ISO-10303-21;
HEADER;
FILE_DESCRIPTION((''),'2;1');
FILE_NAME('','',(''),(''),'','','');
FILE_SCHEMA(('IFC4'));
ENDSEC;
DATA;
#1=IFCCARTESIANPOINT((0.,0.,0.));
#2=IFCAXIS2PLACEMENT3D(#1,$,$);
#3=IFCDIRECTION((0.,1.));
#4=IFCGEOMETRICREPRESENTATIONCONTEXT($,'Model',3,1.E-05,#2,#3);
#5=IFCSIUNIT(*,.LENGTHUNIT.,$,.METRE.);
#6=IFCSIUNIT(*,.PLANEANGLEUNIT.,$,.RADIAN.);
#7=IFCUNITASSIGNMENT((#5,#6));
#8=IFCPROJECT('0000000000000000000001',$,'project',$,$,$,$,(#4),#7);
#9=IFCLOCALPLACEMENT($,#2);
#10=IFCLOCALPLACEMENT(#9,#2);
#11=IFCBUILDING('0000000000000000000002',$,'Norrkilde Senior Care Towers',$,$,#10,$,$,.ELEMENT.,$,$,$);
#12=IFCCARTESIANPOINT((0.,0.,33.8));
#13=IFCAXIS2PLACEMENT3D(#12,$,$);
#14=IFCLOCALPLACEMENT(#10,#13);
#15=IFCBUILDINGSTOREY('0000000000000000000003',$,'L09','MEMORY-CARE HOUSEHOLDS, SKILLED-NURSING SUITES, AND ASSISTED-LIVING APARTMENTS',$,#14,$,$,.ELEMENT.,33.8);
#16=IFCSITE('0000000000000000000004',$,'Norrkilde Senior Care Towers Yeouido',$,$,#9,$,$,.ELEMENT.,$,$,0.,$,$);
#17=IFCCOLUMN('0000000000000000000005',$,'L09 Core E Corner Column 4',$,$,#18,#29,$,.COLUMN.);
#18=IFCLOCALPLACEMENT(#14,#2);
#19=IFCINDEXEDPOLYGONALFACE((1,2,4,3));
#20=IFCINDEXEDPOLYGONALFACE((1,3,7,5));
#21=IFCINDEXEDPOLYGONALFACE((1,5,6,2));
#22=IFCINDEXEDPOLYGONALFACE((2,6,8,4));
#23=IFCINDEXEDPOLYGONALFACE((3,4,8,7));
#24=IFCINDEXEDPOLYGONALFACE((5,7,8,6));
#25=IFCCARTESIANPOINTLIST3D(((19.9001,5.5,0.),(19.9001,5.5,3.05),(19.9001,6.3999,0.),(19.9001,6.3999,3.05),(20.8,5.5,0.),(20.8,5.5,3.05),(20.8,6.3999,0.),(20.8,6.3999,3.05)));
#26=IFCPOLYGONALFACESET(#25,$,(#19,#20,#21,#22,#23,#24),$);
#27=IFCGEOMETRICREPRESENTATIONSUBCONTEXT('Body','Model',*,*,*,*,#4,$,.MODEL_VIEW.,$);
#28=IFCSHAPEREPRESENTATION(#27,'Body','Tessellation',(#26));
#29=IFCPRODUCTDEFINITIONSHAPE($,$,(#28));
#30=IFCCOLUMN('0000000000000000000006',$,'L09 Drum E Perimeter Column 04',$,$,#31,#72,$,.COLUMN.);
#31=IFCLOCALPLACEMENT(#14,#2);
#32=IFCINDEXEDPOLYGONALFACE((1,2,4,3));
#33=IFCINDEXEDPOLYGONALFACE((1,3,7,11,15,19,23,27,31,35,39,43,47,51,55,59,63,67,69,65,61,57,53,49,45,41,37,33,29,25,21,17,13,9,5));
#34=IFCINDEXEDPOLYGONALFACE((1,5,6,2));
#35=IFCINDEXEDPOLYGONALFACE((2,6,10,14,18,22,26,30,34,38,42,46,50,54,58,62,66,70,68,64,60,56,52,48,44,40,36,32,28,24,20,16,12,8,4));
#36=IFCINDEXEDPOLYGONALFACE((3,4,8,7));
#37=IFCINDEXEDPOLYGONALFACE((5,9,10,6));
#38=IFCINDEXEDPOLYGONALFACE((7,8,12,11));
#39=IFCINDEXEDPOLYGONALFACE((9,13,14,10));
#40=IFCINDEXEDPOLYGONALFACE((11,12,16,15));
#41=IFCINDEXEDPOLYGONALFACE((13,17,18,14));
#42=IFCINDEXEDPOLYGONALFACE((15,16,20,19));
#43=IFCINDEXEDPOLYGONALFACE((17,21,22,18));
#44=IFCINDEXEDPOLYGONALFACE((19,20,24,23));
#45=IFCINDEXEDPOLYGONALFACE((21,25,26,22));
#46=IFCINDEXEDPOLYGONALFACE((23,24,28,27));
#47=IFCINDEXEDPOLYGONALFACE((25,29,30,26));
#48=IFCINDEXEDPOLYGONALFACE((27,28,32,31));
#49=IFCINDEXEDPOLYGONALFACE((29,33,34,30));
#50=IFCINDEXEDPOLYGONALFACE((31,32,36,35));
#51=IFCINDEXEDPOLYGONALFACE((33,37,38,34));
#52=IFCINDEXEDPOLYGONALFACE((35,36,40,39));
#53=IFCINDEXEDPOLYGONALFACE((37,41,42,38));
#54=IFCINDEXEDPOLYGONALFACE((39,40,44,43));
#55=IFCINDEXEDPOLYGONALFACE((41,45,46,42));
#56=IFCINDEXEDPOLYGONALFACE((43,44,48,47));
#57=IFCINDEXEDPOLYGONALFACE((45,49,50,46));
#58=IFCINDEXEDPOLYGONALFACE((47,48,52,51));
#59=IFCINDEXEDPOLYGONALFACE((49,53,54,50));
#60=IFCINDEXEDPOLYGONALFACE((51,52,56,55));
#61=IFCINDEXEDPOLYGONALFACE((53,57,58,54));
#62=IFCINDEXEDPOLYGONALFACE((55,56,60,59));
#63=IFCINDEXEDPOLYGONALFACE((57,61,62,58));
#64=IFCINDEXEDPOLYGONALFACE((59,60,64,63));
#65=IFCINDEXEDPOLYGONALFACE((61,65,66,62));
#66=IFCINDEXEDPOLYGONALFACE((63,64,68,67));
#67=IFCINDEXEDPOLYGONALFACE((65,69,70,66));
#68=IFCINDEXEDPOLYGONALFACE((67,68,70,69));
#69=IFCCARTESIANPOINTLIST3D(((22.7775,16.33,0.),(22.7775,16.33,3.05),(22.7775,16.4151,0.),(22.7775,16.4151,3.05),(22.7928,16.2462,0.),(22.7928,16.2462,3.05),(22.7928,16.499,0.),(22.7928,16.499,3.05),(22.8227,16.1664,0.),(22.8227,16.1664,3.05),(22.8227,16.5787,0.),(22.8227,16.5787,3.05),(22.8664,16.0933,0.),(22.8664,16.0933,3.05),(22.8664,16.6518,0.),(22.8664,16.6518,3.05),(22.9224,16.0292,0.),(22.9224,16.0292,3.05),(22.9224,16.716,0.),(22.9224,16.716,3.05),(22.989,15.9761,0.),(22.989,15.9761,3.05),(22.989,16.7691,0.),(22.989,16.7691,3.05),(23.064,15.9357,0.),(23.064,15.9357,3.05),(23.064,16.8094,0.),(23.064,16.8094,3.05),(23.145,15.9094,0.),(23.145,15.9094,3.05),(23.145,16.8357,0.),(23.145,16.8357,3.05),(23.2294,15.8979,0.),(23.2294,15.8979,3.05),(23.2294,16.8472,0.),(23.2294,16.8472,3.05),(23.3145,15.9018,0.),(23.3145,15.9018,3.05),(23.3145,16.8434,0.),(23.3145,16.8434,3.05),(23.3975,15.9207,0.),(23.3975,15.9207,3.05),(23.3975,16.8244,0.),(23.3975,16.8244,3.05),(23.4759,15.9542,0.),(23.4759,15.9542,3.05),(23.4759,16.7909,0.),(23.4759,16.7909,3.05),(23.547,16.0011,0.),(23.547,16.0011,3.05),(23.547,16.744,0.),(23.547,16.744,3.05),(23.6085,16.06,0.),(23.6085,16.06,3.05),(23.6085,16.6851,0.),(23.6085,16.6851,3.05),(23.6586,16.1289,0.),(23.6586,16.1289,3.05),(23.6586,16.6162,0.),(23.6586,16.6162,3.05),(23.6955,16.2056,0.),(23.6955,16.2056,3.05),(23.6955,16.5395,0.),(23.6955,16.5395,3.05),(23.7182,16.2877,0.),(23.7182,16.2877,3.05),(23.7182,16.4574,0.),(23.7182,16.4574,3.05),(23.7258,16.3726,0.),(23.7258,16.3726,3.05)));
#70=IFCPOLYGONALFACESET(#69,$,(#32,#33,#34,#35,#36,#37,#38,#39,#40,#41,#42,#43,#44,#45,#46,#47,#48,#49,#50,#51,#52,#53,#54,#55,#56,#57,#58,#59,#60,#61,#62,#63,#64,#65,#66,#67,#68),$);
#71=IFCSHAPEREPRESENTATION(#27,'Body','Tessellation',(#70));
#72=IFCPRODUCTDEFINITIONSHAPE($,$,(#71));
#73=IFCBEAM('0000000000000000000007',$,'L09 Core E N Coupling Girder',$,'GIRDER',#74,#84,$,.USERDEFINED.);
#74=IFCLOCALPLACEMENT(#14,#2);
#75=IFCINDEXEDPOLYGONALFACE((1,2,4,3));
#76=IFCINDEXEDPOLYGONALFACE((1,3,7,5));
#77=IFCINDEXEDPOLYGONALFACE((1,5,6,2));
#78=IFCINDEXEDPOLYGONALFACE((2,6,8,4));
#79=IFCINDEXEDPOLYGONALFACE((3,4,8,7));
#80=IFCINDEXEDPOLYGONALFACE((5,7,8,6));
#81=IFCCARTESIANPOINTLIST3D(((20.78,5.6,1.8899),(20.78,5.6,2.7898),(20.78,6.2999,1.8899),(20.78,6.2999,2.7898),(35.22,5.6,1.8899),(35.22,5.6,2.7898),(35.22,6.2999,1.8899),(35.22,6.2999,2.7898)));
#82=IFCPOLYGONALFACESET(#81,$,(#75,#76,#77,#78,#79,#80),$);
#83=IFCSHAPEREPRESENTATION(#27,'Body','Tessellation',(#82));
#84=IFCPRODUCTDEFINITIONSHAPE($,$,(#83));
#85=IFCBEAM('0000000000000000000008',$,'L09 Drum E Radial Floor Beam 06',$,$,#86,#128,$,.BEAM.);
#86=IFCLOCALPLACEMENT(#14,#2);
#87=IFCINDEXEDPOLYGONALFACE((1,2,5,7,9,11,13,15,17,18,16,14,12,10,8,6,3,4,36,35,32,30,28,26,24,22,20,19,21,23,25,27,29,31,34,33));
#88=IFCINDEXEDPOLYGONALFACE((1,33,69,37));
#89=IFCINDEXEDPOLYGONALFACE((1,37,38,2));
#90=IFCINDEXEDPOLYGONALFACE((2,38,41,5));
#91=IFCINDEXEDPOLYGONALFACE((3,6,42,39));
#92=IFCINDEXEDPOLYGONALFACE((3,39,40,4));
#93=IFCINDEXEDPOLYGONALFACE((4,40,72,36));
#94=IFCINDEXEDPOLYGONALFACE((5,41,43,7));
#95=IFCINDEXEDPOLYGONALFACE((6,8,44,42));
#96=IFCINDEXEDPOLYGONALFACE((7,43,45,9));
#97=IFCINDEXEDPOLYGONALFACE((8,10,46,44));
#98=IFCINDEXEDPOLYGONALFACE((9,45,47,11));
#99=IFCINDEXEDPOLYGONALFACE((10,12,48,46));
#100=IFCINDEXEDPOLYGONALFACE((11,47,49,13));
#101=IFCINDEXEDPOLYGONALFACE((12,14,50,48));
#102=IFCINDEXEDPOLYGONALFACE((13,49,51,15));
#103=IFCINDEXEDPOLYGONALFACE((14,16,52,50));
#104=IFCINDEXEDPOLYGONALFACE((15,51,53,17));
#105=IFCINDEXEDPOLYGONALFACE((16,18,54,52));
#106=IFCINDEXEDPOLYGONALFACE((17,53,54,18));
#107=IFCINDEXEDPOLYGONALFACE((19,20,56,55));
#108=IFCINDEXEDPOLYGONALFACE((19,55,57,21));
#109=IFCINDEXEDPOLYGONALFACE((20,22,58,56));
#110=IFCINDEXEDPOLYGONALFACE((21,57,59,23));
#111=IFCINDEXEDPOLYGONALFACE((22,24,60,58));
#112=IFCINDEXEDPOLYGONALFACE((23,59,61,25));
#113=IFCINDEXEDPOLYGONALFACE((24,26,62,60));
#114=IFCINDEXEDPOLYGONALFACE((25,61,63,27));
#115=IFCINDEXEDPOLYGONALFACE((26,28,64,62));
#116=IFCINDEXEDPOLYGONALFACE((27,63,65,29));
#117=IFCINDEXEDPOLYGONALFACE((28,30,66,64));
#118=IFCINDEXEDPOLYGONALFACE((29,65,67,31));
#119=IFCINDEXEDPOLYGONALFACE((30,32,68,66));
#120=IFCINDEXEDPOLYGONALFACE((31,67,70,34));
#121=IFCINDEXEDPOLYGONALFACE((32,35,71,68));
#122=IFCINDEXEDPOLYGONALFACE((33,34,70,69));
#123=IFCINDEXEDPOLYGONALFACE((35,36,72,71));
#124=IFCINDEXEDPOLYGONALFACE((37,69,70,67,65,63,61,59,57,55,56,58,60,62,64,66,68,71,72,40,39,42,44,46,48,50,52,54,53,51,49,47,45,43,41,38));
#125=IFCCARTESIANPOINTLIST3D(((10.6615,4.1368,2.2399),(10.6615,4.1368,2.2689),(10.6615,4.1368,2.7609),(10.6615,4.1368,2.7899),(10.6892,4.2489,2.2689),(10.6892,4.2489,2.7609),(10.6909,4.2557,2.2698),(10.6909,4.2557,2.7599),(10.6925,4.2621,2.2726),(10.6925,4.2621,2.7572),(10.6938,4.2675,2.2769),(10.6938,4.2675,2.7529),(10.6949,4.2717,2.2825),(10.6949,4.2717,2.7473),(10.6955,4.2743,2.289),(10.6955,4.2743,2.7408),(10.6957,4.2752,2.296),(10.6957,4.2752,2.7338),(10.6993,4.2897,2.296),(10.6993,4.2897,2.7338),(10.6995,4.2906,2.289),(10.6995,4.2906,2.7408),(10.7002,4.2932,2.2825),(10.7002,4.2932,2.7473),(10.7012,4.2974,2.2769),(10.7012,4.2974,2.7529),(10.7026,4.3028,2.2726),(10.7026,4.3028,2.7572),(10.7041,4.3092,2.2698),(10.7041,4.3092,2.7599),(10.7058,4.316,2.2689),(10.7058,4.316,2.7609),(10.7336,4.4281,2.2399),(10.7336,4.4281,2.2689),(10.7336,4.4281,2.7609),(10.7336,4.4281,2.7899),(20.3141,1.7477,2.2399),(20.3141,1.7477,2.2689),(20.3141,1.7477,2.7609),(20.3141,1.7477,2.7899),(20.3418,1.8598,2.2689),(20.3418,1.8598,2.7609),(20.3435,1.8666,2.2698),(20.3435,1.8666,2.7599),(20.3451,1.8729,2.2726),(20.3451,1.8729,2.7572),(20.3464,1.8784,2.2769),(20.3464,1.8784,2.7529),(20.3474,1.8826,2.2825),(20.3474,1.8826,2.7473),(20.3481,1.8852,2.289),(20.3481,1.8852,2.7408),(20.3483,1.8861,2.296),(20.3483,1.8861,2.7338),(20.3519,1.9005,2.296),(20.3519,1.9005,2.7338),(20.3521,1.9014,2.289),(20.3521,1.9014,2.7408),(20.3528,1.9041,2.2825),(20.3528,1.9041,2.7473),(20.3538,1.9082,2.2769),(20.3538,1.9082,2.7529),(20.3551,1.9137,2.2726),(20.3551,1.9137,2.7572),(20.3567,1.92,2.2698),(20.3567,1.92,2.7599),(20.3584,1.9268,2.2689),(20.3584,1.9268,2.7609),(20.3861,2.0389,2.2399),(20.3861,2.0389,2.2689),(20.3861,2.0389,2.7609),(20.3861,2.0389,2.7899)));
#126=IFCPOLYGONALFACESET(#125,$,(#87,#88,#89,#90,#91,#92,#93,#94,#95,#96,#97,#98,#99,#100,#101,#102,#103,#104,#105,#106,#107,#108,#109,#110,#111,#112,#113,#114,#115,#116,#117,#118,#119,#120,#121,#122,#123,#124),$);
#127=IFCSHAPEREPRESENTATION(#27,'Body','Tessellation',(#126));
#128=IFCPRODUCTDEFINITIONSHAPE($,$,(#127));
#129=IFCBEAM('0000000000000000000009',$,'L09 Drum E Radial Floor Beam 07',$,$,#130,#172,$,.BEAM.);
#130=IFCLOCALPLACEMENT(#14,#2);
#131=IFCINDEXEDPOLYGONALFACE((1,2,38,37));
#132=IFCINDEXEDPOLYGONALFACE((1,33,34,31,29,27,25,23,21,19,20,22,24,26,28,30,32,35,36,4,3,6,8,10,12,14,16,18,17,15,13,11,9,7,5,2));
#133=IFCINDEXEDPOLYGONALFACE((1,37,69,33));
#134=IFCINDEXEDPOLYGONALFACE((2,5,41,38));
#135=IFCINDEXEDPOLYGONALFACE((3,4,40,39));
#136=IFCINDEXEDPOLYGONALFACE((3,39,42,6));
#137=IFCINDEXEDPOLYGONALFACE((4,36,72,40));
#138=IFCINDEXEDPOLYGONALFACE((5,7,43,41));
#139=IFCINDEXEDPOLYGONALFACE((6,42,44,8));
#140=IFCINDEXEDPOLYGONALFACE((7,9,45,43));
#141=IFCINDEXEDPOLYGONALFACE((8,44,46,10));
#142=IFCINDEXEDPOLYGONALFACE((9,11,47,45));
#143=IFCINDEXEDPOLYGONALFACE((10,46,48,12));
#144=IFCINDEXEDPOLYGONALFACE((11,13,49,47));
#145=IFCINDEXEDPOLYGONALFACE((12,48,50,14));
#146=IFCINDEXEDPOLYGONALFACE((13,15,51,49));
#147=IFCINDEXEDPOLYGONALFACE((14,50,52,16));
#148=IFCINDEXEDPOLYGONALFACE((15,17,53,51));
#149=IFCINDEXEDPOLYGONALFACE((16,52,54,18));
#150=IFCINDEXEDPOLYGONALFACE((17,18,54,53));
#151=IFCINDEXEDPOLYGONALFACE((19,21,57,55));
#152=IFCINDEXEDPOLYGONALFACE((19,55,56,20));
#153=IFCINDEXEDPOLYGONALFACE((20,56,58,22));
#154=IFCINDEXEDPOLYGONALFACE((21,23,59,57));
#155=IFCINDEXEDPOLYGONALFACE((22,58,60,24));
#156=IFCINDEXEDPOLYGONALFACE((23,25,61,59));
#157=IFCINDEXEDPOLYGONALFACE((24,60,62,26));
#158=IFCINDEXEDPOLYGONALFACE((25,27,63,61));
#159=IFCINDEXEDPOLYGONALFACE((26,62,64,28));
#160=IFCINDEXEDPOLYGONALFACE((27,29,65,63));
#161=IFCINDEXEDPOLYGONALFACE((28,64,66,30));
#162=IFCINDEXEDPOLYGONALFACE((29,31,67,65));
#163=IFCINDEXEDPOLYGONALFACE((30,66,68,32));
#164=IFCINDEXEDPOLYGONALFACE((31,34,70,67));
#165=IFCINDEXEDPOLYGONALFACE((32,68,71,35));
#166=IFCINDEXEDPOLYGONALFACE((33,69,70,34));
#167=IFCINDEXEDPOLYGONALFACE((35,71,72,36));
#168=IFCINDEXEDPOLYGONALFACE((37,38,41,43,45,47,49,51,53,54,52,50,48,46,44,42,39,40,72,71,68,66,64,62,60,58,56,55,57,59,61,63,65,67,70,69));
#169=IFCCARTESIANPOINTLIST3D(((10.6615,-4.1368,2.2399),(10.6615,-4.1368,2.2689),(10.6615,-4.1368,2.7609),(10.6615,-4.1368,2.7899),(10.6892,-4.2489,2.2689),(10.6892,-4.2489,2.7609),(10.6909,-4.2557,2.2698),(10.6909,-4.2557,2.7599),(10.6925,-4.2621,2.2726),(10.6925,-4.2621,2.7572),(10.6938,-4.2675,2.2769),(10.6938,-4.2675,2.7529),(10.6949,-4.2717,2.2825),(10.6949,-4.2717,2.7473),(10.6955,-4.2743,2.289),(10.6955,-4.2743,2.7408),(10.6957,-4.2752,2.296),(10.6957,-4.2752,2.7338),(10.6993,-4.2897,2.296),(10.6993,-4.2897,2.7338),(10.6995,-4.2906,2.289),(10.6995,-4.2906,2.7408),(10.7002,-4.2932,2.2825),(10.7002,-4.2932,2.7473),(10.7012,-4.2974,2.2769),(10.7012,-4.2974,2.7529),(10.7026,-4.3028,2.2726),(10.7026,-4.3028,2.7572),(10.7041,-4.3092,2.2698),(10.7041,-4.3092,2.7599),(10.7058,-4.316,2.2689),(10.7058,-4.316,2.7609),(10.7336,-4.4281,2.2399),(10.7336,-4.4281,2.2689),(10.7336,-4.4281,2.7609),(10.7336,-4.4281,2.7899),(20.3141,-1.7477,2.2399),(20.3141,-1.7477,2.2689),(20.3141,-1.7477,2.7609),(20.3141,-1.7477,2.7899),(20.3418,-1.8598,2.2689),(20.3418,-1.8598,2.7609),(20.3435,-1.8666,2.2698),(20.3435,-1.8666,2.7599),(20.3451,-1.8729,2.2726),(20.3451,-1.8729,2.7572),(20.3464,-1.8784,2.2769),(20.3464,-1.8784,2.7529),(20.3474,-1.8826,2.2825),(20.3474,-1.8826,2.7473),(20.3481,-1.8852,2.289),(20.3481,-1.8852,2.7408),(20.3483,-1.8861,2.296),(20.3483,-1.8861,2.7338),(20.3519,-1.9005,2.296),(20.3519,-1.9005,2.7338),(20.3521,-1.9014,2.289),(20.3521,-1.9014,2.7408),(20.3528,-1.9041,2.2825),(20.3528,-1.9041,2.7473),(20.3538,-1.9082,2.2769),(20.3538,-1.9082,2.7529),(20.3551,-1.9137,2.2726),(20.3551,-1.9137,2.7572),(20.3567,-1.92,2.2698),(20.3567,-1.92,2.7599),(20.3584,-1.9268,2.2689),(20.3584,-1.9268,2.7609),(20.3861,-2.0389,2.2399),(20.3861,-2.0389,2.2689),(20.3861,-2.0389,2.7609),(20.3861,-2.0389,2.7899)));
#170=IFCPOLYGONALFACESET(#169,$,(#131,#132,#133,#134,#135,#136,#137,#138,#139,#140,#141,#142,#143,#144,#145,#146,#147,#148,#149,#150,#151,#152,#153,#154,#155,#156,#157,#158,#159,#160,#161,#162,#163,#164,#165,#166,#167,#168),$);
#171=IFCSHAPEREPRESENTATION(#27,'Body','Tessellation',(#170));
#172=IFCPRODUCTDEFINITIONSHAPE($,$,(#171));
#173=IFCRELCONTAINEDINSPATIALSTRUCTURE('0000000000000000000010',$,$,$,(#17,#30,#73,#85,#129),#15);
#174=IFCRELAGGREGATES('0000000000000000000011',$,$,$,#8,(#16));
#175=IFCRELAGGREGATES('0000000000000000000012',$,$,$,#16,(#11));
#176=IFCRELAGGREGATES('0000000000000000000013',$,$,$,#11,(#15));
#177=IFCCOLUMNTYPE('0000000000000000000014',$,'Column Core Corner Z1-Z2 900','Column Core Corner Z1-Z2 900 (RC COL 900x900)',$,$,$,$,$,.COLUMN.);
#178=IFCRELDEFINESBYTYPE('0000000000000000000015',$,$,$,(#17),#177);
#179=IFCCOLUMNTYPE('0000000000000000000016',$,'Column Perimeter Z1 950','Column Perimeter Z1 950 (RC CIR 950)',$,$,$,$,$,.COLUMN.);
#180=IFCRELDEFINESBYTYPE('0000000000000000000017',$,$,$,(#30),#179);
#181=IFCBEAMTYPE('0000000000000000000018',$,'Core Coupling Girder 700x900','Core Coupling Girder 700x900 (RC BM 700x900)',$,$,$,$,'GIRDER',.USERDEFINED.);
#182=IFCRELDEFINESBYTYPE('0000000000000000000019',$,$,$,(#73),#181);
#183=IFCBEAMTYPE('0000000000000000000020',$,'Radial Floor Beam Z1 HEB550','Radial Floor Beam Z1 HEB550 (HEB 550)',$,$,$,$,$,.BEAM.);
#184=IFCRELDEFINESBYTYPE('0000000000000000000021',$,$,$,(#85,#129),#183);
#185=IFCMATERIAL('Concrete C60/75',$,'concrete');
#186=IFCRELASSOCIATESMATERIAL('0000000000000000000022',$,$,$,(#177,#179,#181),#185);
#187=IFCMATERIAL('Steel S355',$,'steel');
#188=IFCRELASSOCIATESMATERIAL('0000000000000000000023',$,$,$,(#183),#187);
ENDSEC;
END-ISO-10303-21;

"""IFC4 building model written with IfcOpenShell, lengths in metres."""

from ifc_helpers import new_model, si_unit, direction, frame, origin, origin_2d, place, context, subcontext, project, spatial, rectangle, circle, i_section, extrude, source, transform, mapped, material, material_profile, profile_set, type_object, type_shapes, element, save


model = new_model("IFC4")

# Units and contexts
model_context = context("Model", 3, precision=1e-05, world=origin(), true_north=direction((0.0, 1.0)))
body_context = subcontext(model_context, "Body", "Model", "MODEL_VIEW")
ifc_project = project(units=[si_unit("LENGTHUNIT", "METRE"), si_unit("PLANEANGLEUNIT", "RADIAN")], contexts=[model_context])

# Site, building, storey
site_placement = place(None, origin())
site = spatial("IfcSite", under=ifc_project, at=site_placement, Name="Norrkilde Senior Care Towers Yeouido", CompositionType="ELEMENT", RefElevation=0.0)
building_placement = place(site_placement, origin())
building = spatial("IfcBuilding", under=site, at=building_placement, Name="Norrkilde Senior Care Towers", CompositionType="ELEMENT")
storey_placement = place(building_placement, frame((0.0, 0.0, 33.8)))
storey = spatial("IfcBuildingStorey", under=building, at=storey_placement, Name="L09", Description="MEMORY-CARE HOUSEHOLDS, SKILLED-NURSING SUITES, AND ASSISTED-LIVING APARTMENTS", CompositionType="ELEMENT", Elevation=33.8)

# Columns
ifc_material_1 = material(Name="Concrete C60/75", Category="concrete")
ifc_material_profile_1 = material_profile(ifc_material_1, rectangle(XDim=0.8999, YDim=0.8999, at=origin_2d()), Name="RC COL 900x900")
ifc_profile_set_1 = profile_set([ifc_material_profile_1], Name="Concrete C60/75")
column_type_1 = type_object("IfcColumnType", Name="Column Core Corner Z1-Z2 900", Description="Column Core Corner Z1-Z2 900 (RC COL 900x900)", PredefinedType="COLUMN", material=ifc_profile_set_1)
shared_shape_1 = source(origin(), body_context, "Body", "SweptSolid", [
    extrude(rectangle(XDim=0.8999, YDim=0.8999, at=origin_2d()), origin(), (0.0, 0.0, 1.0), 3.05),
])
type_shapes(column_type_1, [shared_shape_1])
column_1_placement = place(storey_placement, frame((20.3501, 5.95, 0.0), z_axis=(0.0, 0.0, 1.0), x_axis=(1.0, 0.0, 0.0)))
element("IfcColumn", 1, at=column_1_placement, inside=storey, type_object=column_type_1, Name="L09 Core E Corner Column 4", PredefinedType="COLUMN", context=body_context, shape_type="MappedRepresentation", body=[
    mapped(shared_shape_1, transform((0.0, 0.0, 0.0), x_axis=(1.0, 0.0, 0.0), y_axis=(0.0, 1.0, 0.0), z_axis=(0.0, 0.0, 1.0), scale=1.0)),
])
ifc_material_profile_2 = material_profile(ifc_material_1, circle(Radius=0.4751, at=origin_2d()), Name="RC CIR 950")
ifc_profile_set_2 = profile_set([ifc_material_profile_2], Name="Concrete C60/75")
column_type_2 = type_object("IfcColumnType", Name="Column Perimeter Z1 950", Description="Column Perimeter Z1 950 (RC CIR 950)", PredefinedType="COLUMN", material=ifc_profile_set_2)
shared_shape_2 = source(origin(), body_context, "Body", "SweptSolid", [
    extrude(circle(Radius=0.4751, at=origin_2d()), origin(), (0.0, 0.0, 1.0), 3.05),
])
type_shapes(column_type_2, [shared_shape_2])
column_2_placement = place(storey_placement, frame((23.2507, 16.3726, 0.0), z_axis=(0.0, 0.0, 1.0), x_axis=(1.0, 0.0, 0.0)))
element("IfcColumn", 2, at=column_2_placement, inside=storey, type_object=column_type_2, Name="L09 Drum E Perimeter Column 04", PredefinedType="COLUMN", context=body_context, shape_type="MappedRepresentation", body=[
    mapped(shared_shape_2, transform((0.0, 0.0, 0.0), x_axis=(1.0, 0.0, 0.0), y_axis=(0.0, 1.0, 0.0), z_axis=(0.0, 0.0, 1.0), scale=1.0)),
])

# Beams
ifc_material_profile_3 = material_profile(ifc_material_1, rectangle(XDim=0.7, YDim=0.8999, at=origin_2d()), Name="RC BM 700x900")
ifc_profile_set_3 = profile_set([ifc_material_profile_3], Name="Concrete C60/75")
beam_type_1 = type_object("IfcBeamType", Name="Core Coupling Girder 700x900", Description="Core Coupling Girder 700x900 (RC BM 700x900)", ElementType="GIRDER", PredefinedType="USERDEFINED", material=ifc_profile_set_3)
shared_shape_3 = source(origin(), body_context, "Body", "SweptSolid", [
    extrude(rectangle(XDim=0.7, YDim=0.8999, at=origin_2d()), origin(), (0.0, 0.0, 1.0), 14.4399),
])
type_shapes(beam_type_1, [shared_shape_3])
beam_1_placement = place(storey_placement, frame((20.78, 5.95, 2.3398), z_axis=(1.0, 0.0, 0.0), x_axis=(0.0, 1.0, 0.0)))
element("IfcBeam", 3, at=beam_1_placement, inside=storey, type_object=beam_type_1, Name="L09 Core E N Coupling Girder", ObjectType="GIRDER", PredefinedType="USERDEFINED", context=body_context, shape_type="MappedRepresentation", body=[
    mapped(shared_shape_3, transform((0.0, 0.0, 0.0), x_axis=(1.0, 0.0, 0.0), y_axis=(0.0, 1.0, 0.0), z_axis=(0.0, 0.0, 1.0), scale=1.0)),
])
ifc_material_2 = material(Name="Steel S355", Category="steel")
ifc_material_profile_4 = material_profile(ifc_material_2, i_section(OverallWidth=0.3, OverallDepth=0.55, WebThickness=0.0149, FlangeThickness=0.0291, FilletRadius=0.0271, at=origin_2d()), Name="HEB 550")
ifc_profile_set_4 = profile_set([ifc_material_profile_4], Name="Steel S355")
beam_type_2 = type_object("IfcBeamType", Name="Radial Floor Beam Z1 HEB550", Description="Radial Floor Beam Z1 HEB550 (HEB 550)", PredefinedType="BEAM", material=ifc_profile_set_4)
shared_shape_4 = source(origin(), body_context, "Body", "SweptSolid", [
    extrude(i_section(OverallWidth=0.3, OverallDepth=0.55, WebThickness=0.0149, FlangeThickness=0.0291, FilletRadius=0.0271, at=origin_2d()), origin(), (0.0, 0.0, 1.0), 9.9438),
])
for number, where, z_axis, x_axis, name in (
    (4, (20.3501, 1.8933, 2.5149), (-0.970707, 0.240265, 0.0), (-0.240265, -0.970707, 0.0), "L09 Drum E Radial Floor Beam 06"),
    (5, (20.3501, -1.8933, 2.5149), (-0.970707, -0.240265, 0.0), (0.240265, -0.970707, 0.0), "L09 Drum E Radial Floor Beam 07"),
):
    element("IfcBeam", number, at=place(storey_placement, frame(where, z_axis=z_axis, x_axis=x_axis)), inside=storey, type_object=beam_type_2, Name=name, PredefinedType="BEAM", context=body_context, shape_type="MappedRepresentation", body=[
        mapped(shared_shape_4, transform((0.0, 0.0, 0.0), x_axis=(1.0, 0.0, 0.0), y_axis=(0.0, 1.0, 0.0), z_axis=(0.0, 0.0, 1.0), scale=1.0)),
    ])

save(model, "model.ifc")
